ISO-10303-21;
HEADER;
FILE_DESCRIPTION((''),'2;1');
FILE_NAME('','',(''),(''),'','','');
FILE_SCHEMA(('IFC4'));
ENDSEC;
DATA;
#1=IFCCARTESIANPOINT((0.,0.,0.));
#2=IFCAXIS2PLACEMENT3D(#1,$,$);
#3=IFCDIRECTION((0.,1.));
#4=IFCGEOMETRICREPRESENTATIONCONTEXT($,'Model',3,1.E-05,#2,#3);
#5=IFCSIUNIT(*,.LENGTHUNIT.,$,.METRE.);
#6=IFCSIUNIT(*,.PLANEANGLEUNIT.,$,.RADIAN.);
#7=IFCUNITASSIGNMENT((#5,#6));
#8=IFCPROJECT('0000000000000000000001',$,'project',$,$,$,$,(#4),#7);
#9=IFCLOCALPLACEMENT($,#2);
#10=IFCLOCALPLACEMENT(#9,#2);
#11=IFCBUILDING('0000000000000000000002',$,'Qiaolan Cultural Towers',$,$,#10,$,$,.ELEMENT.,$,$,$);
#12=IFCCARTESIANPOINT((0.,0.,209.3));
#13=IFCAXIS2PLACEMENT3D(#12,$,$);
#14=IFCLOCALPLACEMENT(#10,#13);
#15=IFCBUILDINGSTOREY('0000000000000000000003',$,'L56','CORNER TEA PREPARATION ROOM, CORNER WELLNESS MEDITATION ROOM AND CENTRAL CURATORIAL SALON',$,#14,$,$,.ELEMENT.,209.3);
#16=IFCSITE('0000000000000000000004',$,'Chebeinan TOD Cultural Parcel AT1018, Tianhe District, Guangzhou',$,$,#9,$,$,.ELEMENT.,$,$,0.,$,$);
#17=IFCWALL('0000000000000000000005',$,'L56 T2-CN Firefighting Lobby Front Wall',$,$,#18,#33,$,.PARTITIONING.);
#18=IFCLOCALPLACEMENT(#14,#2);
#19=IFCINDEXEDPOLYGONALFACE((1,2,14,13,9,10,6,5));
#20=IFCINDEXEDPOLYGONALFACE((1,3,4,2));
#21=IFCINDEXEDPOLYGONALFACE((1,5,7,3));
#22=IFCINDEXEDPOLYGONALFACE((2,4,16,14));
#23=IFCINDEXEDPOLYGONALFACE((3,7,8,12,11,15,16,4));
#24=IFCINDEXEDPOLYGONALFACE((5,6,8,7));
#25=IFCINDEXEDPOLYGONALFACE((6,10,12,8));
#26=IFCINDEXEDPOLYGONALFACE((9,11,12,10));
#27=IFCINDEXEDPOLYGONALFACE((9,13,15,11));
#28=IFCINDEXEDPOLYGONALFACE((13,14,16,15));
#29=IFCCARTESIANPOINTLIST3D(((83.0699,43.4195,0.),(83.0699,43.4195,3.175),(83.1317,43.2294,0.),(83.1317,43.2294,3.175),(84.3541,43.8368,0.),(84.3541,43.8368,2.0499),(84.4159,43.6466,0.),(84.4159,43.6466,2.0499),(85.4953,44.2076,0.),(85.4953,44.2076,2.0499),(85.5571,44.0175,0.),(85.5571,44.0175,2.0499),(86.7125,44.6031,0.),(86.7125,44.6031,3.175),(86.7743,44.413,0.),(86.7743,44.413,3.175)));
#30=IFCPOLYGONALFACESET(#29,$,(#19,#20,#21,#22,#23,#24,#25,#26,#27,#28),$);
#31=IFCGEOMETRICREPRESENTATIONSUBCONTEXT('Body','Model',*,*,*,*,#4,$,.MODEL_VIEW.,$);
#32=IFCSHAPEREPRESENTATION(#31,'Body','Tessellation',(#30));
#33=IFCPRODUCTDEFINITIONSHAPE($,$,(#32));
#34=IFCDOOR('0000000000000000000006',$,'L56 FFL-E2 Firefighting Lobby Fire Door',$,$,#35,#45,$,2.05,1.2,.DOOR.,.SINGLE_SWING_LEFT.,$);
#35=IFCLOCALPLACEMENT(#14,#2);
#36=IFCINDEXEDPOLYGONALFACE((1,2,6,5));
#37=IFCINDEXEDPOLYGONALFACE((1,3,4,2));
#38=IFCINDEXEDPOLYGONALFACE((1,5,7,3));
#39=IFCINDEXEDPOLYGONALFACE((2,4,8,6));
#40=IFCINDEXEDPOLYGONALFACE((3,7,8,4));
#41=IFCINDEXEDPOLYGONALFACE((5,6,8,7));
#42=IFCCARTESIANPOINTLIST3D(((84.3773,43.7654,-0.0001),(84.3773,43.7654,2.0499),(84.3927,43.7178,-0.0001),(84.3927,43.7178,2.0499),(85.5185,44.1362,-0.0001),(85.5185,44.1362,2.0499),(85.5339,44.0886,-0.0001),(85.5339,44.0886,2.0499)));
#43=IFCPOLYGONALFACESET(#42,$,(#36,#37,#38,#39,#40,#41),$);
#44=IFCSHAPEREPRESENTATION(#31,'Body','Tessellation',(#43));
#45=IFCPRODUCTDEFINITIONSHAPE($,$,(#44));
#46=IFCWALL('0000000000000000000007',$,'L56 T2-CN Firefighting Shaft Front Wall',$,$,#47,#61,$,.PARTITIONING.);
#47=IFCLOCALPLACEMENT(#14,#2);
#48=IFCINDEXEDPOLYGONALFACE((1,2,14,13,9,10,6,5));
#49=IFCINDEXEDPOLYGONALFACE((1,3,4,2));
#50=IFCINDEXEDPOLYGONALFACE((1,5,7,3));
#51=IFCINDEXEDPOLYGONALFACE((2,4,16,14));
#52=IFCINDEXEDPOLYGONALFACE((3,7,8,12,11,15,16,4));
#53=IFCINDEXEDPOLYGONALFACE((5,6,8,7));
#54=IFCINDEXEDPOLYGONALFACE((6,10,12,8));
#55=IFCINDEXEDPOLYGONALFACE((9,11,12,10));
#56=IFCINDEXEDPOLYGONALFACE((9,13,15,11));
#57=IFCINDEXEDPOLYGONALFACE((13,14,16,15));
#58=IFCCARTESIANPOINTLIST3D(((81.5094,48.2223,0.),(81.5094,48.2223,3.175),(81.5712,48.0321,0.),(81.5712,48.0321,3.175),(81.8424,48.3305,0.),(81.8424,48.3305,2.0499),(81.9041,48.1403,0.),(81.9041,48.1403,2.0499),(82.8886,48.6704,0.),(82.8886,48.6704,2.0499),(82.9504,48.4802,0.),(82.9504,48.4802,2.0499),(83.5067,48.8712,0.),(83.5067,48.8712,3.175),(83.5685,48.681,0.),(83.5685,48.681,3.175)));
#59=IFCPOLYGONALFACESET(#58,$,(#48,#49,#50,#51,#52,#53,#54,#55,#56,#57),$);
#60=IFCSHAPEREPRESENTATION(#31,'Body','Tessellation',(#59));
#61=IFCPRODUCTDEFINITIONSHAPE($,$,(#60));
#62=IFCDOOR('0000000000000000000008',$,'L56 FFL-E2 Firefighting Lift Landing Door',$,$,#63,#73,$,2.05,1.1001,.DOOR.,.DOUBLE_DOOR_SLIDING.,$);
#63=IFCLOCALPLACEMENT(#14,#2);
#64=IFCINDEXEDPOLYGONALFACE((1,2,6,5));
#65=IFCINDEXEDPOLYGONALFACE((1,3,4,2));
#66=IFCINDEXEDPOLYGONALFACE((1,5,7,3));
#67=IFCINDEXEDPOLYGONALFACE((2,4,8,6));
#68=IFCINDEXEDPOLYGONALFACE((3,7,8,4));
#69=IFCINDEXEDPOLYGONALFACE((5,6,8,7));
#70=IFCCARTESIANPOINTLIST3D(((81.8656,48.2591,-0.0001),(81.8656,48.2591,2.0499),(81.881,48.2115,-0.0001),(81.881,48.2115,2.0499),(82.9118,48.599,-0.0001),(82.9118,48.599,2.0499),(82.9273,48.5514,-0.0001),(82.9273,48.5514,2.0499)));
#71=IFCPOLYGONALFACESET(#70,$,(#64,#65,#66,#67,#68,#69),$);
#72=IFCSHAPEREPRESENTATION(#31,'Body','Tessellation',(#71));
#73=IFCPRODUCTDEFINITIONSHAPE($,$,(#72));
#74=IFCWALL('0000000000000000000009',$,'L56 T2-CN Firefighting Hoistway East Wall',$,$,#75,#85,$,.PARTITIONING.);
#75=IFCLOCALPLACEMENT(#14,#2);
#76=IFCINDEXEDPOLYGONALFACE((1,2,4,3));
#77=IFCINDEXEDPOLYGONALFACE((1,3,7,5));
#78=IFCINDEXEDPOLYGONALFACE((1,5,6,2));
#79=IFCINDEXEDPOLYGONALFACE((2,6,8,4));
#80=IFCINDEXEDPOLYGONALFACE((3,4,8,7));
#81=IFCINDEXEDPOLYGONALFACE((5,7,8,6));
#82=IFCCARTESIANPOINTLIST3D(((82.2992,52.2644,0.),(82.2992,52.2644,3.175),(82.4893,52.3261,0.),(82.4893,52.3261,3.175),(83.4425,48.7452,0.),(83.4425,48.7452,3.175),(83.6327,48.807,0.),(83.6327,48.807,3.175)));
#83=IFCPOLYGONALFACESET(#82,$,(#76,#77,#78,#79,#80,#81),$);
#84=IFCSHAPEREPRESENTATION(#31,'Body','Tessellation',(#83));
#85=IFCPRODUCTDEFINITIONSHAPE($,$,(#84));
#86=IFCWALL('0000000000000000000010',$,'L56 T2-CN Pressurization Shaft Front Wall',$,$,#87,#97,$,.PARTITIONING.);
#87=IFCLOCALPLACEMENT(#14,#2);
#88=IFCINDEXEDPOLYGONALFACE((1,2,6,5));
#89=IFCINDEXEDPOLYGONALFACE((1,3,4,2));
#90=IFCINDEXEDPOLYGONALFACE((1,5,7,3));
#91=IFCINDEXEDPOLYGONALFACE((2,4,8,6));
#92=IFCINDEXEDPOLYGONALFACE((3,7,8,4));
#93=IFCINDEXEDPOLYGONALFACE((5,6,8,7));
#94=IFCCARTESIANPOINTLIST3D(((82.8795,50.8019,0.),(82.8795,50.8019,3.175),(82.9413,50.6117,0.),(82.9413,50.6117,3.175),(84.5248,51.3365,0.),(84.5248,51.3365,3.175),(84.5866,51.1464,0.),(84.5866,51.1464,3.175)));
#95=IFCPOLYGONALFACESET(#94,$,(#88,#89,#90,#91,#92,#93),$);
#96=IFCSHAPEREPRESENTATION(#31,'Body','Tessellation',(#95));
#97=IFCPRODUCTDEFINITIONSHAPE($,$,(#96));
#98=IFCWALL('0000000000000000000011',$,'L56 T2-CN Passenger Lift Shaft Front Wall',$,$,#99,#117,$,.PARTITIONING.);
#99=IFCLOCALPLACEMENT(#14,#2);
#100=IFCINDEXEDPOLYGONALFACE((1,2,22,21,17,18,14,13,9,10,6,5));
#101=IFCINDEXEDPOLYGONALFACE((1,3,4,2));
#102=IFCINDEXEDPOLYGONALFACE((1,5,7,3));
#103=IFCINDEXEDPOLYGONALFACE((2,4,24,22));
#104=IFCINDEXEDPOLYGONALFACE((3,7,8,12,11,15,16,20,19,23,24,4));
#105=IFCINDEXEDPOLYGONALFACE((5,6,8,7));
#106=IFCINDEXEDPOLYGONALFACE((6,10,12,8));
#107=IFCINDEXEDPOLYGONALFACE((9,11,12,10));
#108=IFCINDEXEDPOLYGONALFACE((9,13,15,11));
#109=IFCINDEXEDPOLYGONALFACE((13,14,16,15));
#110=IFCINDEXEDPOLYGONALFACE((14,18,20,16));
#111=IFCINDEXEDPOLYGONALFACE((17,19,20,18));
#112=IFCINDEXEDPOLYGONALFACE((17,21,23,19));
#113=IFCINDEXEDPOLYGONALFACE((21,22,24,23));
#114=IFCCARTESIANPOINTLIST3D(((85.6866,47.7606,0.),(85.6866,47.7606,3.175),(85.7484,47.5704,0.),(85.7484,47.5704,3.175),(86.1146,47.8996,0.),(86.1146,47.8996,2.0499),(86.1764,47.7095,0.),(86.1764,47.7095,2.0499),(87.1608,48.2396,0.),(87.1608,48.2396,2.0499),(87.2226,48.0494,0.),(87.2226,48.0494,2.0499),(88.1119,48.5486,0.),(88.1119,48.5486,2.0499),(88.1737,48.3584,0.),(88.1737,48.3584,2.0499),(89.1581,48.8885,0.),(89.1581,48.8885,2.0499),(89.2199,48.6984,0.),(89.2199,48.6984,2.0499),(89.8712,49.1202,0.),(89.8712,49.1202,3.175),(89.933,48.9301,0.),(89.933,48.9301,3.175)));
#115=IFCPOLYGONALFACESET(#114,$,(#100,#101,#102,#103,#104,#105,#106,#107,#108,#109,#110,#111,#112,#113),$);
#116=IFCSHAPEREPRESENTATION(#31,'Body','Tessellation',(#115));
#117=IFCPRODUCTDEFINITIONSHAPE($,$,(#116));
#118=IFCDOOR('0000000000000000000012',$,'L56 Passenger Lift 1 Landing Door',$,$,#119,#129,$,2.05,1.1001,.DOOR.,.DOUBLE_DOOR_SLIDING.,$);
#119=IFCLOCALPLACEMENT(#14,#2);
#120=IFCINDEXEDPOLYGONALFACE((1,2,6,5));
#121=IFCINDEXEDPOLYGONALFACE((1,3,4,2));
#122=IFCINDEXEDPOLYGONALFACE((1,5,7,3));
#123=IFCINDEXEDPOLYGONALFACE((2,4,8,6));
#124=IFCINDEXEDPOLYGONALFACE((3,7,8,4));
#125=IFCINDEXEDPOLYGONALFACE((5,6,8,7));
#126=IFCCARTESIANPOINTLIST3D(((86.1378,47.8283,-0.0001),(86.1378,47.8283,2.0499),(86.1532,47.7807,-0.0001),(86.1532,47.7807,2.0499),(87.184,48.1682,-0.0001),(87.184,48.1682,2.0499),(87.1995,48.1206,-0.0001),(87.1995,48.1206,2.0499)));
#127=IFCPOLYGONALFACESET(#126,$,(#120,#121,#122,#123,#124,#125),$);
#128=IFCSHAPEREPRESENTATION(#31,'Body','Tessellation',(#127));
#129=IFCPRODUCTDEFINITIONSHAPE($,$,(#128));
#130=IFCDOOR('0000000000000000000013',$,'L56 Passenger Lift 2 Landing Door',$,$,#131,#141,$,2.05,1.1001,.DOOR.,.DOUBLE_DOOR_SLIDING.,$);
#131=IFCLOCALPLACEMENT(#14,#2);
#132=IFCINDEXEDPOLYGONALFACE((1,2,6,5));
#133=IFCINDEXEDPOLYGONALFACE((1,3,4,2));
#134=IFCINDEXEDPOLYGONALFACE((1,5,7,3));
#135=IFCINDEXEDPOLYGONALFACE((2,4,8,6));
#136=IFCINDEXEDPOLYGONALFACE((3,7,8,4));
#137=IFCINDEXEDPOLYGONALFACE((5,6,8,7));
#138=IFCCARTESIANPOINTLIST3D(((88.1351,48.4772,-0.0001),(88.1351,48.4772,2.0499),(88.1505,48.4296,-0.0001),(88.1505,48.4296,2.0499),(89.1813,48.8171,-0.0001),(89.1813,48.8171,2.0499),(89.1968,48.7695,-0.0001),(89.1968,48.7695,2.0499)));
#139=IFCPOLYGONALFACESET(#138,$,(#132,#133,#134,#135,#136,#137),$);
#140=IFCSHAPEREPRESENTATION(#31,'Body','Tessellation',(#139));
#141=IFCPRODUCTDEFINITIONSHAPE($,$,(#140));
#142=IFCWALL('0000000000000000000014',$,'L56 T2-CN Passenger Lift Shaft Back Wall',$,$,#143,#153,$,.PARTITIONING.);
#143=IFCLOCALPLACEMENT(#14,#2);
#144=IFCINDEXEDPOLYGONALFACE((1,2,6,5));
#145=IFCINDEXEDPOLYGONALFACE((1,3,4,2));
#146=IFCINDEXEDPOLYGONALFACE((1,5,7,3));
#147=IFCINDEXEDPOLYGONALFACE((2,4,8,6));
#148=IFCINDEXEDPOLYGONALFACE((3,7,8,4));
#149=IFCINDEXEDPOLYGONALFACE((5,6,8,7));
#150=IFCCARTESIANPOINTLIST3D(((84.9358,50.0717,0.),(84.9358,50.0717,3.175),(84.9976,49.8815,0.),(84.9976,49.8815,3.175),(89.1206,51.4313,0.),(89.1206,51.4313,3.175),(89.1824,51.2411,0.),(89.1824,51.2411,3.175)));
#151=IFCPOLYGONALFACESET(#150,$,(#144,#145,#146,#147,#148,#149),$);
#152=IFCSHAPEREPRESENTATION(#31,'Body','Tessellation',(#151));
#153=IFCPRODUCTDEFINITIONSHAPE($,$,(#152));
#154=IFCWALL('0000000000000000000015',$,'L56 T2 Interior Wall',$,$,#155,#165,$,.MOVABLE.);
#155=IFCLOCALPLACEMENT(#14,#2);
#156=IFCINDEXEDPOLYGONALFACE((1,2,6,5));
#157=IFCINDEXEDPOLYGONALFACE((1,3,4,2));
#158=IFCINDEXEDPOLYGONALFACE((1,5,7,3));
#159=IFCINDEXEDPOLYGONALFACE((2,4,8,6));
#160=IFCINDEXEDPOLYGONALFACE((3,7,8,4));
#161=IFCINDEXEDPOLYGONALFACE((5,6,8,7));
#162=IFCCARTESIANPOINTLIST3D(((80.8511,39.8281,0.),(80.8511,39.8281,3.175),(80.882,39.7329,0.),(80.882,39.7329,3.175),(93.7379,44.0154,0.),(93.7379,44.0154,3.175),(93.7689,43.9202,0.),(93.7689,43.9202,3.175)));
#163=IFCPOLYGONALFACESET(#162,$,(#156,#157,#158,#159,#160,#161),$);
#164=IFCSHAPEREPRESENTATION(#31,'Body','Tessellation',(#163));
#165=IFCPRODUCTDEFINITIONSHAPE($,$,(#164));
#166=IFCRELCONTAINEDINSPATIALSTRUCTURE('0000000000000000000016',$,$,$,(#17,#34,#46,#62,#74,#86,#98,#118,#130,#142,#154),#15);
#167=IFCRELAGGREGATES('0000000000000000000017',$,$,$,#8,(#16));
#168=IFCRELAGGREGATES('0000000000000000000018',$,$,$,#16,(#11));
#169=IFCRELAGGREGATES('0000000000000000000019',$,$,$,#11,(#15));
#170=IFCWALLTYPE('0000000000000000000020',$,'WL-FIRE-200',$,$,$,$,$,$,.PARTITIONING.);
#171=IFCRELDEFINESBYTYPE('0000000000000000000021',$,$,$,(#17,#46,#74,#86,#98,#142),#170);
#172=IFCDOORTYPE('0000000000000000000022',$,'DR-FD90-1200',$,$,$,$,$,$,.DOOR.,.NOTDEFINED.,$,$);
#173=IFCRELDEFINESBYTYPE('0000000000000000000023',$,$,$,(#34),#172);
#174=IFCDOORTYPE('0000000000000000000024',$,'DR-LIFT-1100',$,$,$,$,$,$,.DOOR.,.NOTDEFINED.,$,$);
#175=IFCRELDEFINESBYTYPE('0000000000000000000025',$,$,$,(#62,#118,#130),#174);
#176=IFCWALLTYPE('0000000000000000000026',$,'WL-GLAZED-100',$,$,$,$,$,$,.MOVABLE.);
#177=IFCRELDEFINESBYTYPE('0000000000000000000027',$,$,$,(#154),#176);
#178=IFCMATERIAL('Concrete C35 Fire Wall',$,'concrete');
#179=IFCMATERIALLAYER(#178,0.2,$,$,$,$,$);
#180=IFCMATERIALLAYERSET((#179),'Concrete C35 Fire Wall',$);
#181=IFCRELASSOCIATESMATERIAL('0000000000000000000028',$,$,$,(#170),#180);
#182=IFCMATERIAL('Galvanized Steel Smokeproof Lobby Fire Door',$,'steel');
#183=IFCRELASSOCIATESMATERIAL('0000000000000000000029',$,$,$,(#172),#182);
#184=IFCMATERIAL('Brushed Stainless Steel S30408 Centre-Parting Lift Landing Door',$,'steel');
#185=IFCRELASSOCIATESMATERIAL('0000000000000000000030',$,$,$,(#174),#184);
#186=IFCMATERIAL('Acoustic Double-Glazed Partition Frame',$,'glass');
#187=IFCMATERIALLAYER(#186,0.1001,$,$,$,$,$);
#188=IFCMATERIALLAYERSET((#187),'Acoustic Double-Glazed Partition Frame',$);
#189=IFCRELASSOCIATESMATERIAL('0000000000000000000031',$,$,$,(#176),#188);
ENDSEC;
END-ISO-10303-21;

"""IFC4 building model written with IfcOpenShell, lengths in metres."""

from ifc_helpers import new_model, si_unit, direction, frame, frame_2d, origin, place, context, subcontext, project, spatial, rectangle, extrude, material, layer, layer_set, type_object, element, fill, save


model = new_model("IFC4")

# Units and contexts
model_context = context("Model", 3, precision=1e-05, world=origin(), true_north=direction((0.0, 1.0)))
body_context = subcontext(model_context, "Body", "Model", "MODEL_VIEW")
ifc_project = project(units=[si_unit("LENGTHUNIT", "METRE"), si_unit("PLANEANGLEUNIT", "RADIAN")], contexts=[model_context])

# Site, building, storey
site_placement = place(None, origin())
site = spatial("IfcSite", under=ifc_project, at=site_placement, Name="Chebeinan TOD Cultural Parcel AT1018, Tianhe District, Guangzhou", CompositionType="ELEMENT", RefElevation=0.0)
building_placement = place(site_placement, origin())
building = spatial("IfcBuilding", under=site, at=building_placement, Name="Qiaolan Cultural Towers", CompositionType="ELEMENT")
storey_placement = place(building_placement, frame((0.0, 0.0, 209.3)))
storey = spatial("IfcBuildingStorey", under=building, at=storey_placement, Name="L56", Description="CORNER TEA PREPARATION ROOM, CORNER WELLNESS MEDITATION ROOM AND CENTRAL CURATORIAL SALON", CompositionType="ELEMENT", Elevation=209.3)

# Shared definitions
ifc_material_1 = material(Name="Concrete C35 Fire Wall", Category="concrete")
ifc_layer_1 = layer(ifc_material_1, 0.2)
ifc_layer_set_1 = layer_set([ifc_layer_1], Name="Concrete C35 Fire Wall")
wall_type_1 = type_object("IfcWallType", Name="WL-FIRE-200", PredefinedType="PARTITIONING", material=ifc_layer_set_1)

# Walls, openings, doors
wall_1_placement = place(storey_placement, frame((83.1008, 43.3245, 0.0), z_axis=(0.0, 0.0, 1.0), x_axis=(0.951053, 0.309028, 0.0)))
wall_1 = element("IfcWall", 1, at=wall_1_placement, inside=storey, type_object=wall_type_1, Name="L56 T2-CN Firefighting Lobby Front Wall", PredefinedType="PARTITIONING", context=body_context, shape_type="SweptSolid", body=[
    extrude(rectangle(XDim=3.8301, YDim=0.2, at=frame_2d((1.915, 0.0))), origin(), (0.0, 0.0, 1.0), 3.175),
])
opening_1_placement = place(wall_1_placement, frame((1.3501, 0.0, 0.0)))
opening_1 = element("IfcOpeningElement", 2, at=opening_1_placement, cuts=wall_1, PredefinedType="OPENING", context=body_context, shape_type="SweptSolid", body=[
    extrude(rectangle(XDim=1.2, YDim=2.05, at=frame_2d((0.6001, 1.0249))), frame((0.0, 0.1099, 0.0), z_axis=(0.0, -1.0, 0.0), x_axis=(1.0, 0.0, 0.0)), (0.0, 0.0, 1.0), 0.22),
])
ifc_material_2 = material(Name="Galvanized Steel Smokeproof Lobby Fire Door", Category="steel")
door_type_1 = type_object("IfcDoorType", Name="DR-FD90-1200", OperationType="NOTDEFINED", PredefinedType="DOOR", material=ifc_material_2)
door_1_placement = place(opening_1_placement, origin())
door_1 = element("IfcDoor", 3, at=door_1_placement, inside=storey, type_object=door_type_1, Name="L56 FFL-E2 Firefighting Lobby Fire Door", OperationType="SINGLE_SWING_LEFT", OverallHeight=2.05, OverallWidth=1.2, PredefinedType="DOOR", context=body_context, shape_type="SweptSolid", body=[
    extrude(rectangle(XDim=1.2, YDim=2.05, at=frame_2d((0.6001, 1.0249))), frame((0.0, 0.0249, 0.0), z_axis=(0.0, -1.0, 0.0), x_axis=(1.0, 0.0, 0.0)), (0.0, 0.0, 1.0), 0.05),
])
fill(opening_1, door_1)
wall_2_placement = place(storey_placement, frame((81.5403, 48.1272, 0.0), z_axis=(0.0, 0.0, 1.0), x_axis=(0.951062, 0.308999, 0.0)))
wall_2 = element("IfcWall", 4, at=wall_2_placement, inside=storey, type_object=wall_type_1, Name="L56 T2-CN Firefighting Shaft Front Wall", PredefinedType="PARTITIONING", context=body_context, shape_type="SweptSolid", body=[
    extrude(rectangle(XDim=2.1001, YDim=0.2, at=frame_2d((1.05, 0.0))), origin(), (0.0, 0.0, 1.0), 3.175),
])
opening_2_placement = place(wall_2_placement, frame((0.3501, 0.0, 0.0)))
opening_2 = element("IfcOpeningElement", 5, at=opening_2_placement, cuts=wall_2, PredefinedType="OPENING", context=body_context, shape_type="SweptSolid", body=[
    extrude(rectangle(XDim=1.1001, YDim=2.05, at=frame_2d((0.55, 1.0249))), frame((0.0, 0.1099, 0.0), z_axis=(0.0, -1.0, 0.0), x_axis=(1.0, 0.0, 0.0)), (0.0, 0.0, 1.0), 0.22),
])
ifc_material_3 = material(Name="Brushed Stainless Steel S30408 Centre-Parting Lift Landing Door", Category="steel")
door_type_2 = type_object("IfcDoorType", Name="DR-LIFT-1100", OperationType="NOTDEFINED", PredefinedType="DOOR", material=ifc_material_3)
door_2_placement = place(opening_2_placement, origin())
door_2 = element("IfcDoor", 6, at=door_2_placement, inside=storey, type_object=door_type_2, Name="L56 FFL-E2 Firefighting Lift Landing Door", OperationType="DOUBLE_DOOR_SLIDING", OverallHeight=2.05, OverallWidth=1.1001, PredefinedType="DOOR", context=body_context, shape_type="SweptSolid", body=[
    extrude(rectangle(XDim=1.1001, YDim=2.05, at=frame_2d((0.55, 1.0249))), frame((0.0, 0.0249, 0.0), z_axis=(0.0, -1.0, 0.0), x_axis=(1.0, 0.0, 0.0)), (0.0, 0.0, 1.0), 0.05),
])
fill(opening_2, door_2)

# Walls
wall_3_placement = place(storey_placement, frame((83.5376, 48.7761, 0.0), z_axis=(0.0, 0.0, 1.0), x_axis=(-0.308994, 0.951064, 0.0)))
element("IfcWall", 7, at=wall_3_placement, inside=storey, type_object=wall_type_1, Name="L56 T2-CN Firefighting Hoistway East Wall", PredefinedType="PARTITIONING", context=body_context, shape_type="SweptSolid", body=[
    extrude(rectangle(XDim=3.7002, YDim=0.2, at=frame_2d((1.8501, 0.0))), origin(), (0.0, 0.0, 1.0), 3.175),
])
wall_4_placement = place(storey_placement, frame((82.9104, 50.7068, 0.0), z_axis=(0.0, 0.0, 1.0), x_axis=(0.951041, 0.309064, 0.0)))
element("IfcWall", 8, at=wall_4_placement, inside=storey, type_object=wall_type_1, Name="L56 T2-CN Pressurization Shaft Front Wall", PredefinedType="PARTITIONING", context=body_context, shape_type="SweptSolid", body=[
    extrude(rectangle(XDim=1.73, YDim=0.2, at=frame_2d((0.865, 0.0))), origin(), (0.0, 0.0, 1.0), 3.175),
])

# Wall, openings, doors
wall_5_placement = place(storey_placement, frame((85.7175, 47.6655, 0.0), z_axis=(0.0, 0.0, 1.0), x_axis=(0.951059, 0.309011, 0.0)))
wall_5 = element("IfcWall", 9, at=wall_5_placement, inside=storey, type_object=wall_type_1, Name="L56 T2-CN Passenger Lift Shaft Front Wall", PredefinedType="PARTITIONING", context=body_context, shape_type="SweptSolid", body=[
    extrude(rectangle(XDim=4.3999, YDim=0.2, at=frame_2d((2.2, 0.0))), origin(), (0.0, 0.0, 1.0), 3.175),
])
opening_3_placement = place(wall_5_placement, frame((0.45, 0.0, 0.0)))
opening_3 = element("IfcOpeningElement", 10, at=opening_3_placement, cuts=wall_5, PredefinedType="OPENING", context=body_context, shape_type="SweptSolid", body=[
    extrude(rectangle(XDim=1.1001, YDim=2.05, at=frame_2d((0.55, 1.0249))), frame((0.0, 0.1099, 0.0), z_axis=(0.0, -1.0, 0.0), x_axis=(1.0, 0.0, 0.0)), (0.0, 0.0, 1.0), 0.22),
])
opening_4_placement = place(wall_5_placement, frame((2.55, 0.0, 0.0)))
opening_4 = element("IfcOpeningElement", 11, at=opening_4_placement, cuts=wall_5, PredefinedType="OPENING", context=body_context, shape_type="SweptSolid", body=[
    extrude(rectangle(XDim=1.1001, YDim=2.05, at=frame_2d((0.55, 1.0249))), frame((0.0, 0.1099, 0.0), z_axis=(0.0, -1.0, 0.0), x_axis=(1.0, 0.0, 0.0)), (0.0, 0.0, 1.0), 0.22),
])
door_3_placement = place(opening_3_placement, origin())
door_3 = element("IfcDoor", 12, at=door_3_placement, inside=storey, type_object=door_type_2, Name="L56 Passenger Lift 1 Landing Door", OperationType="DOUBLE_DOOR_SLIDING", OverallHeight=2.05, OverallWidth=1.1001, PredefinedType="DOOR", context=body_context, shape_type="SweptSolid", body=[
    extrude(rectangle(XDim=1.1001, YDim=2.05, at=frame_2d((0.55, 1.0249))), frame((0.0, 0.0249, 0.0), z_axis=(0.0, -1.0, 0.0), x_axis=(1.0, 0.0, 0.0)), (0.0, 0.0, 1.0), 0.05),
])
fill(opening_3, door_3)
door_4_placement = place(opening_4_placement, origin())
door_4 = element("IfcDoor", 13, at=door_4_placement, inside=storey, type_object=door_type_2, Name="L56 Passenger Lift 2 Landing Door", OperationType="DOUBLE_DOOR_SLIDING", OverallHeight=2.05, OverallWidth=1.1001, PredefinedType="DOOR", context=body_context, shape_type="SweptSolid", body=[
    extrude(rectangle(XDim=1.1001, YDim=2.05, at=frame_2d((0.55, 1.0249))), frame((0.0, 0.0249, 0.0), z_axis=(0.0, -1.0, 0.0), x_axis=(1.0, 0.0, 0.0)), (0.0, 0.0, 1.0), 0.05),
])
fill(opening_4, door_4)

# Walls
wall_6_placement = place(storey_placement, frame((84.9666, 49.9766, 0.0), z_axis=(0.0, 0.0, 1.0), x_axis=(0.951064, 0.308994, 0.0)))
element("IfcWall", 14, at=wall_6_placement, inside=storey, type_object=wall_type_1, Name="L56 T2-CN Passenger Lift Shaft Back Wall", PredefinedType="PARTITIONING", context=body_context, shape_type="SweptSolid", body=[
    extrude(rectangle(XDim=4.4001, YDim=0.2, at=frame_2d((2.2002, 0.0))), origin(), (0.0, 0.0, 1.0), 3.175),
])
ifc_material_4 = material(Name="Acoustic Double-Glazed Partition Frame", Category="glass")
ifc_layer_2 = layer(ifc_material_4, 0.1001)
ifc_layer_set_2 = layer_set([ifc_layer_2], Name="Acoustic Double-Glazed Partition Frame")
wall_type_2 = type_object("IfcWallType", Name="WL-GLAZED-100", PredefinedType="MOVABLE", material=ifc_layer_set_2)
wall_7_placement = place(storey_placement, frame((80.8667, 39.7805, 0.0), z_axis=(0.0, 0.0, 1.0), x_axis=(0.951054, 0.309024, 0.0)))
element("IfcWall", 15, at=wall_7_placement, inside=storey, type_object=wall_type_2, Name="L56 T2 Interior Wall", PredefinedType="MOVABLE", context=body_context, shape_type="SweptSolid", body=[
    extrude(rectangle(XDim=13.55, YDim=0.1001, at=frame_2d((6.7749, 0.0))), origin(), (0.0, 0.0, 1.0), 3.175),
])

save(model, "model.ifc")
